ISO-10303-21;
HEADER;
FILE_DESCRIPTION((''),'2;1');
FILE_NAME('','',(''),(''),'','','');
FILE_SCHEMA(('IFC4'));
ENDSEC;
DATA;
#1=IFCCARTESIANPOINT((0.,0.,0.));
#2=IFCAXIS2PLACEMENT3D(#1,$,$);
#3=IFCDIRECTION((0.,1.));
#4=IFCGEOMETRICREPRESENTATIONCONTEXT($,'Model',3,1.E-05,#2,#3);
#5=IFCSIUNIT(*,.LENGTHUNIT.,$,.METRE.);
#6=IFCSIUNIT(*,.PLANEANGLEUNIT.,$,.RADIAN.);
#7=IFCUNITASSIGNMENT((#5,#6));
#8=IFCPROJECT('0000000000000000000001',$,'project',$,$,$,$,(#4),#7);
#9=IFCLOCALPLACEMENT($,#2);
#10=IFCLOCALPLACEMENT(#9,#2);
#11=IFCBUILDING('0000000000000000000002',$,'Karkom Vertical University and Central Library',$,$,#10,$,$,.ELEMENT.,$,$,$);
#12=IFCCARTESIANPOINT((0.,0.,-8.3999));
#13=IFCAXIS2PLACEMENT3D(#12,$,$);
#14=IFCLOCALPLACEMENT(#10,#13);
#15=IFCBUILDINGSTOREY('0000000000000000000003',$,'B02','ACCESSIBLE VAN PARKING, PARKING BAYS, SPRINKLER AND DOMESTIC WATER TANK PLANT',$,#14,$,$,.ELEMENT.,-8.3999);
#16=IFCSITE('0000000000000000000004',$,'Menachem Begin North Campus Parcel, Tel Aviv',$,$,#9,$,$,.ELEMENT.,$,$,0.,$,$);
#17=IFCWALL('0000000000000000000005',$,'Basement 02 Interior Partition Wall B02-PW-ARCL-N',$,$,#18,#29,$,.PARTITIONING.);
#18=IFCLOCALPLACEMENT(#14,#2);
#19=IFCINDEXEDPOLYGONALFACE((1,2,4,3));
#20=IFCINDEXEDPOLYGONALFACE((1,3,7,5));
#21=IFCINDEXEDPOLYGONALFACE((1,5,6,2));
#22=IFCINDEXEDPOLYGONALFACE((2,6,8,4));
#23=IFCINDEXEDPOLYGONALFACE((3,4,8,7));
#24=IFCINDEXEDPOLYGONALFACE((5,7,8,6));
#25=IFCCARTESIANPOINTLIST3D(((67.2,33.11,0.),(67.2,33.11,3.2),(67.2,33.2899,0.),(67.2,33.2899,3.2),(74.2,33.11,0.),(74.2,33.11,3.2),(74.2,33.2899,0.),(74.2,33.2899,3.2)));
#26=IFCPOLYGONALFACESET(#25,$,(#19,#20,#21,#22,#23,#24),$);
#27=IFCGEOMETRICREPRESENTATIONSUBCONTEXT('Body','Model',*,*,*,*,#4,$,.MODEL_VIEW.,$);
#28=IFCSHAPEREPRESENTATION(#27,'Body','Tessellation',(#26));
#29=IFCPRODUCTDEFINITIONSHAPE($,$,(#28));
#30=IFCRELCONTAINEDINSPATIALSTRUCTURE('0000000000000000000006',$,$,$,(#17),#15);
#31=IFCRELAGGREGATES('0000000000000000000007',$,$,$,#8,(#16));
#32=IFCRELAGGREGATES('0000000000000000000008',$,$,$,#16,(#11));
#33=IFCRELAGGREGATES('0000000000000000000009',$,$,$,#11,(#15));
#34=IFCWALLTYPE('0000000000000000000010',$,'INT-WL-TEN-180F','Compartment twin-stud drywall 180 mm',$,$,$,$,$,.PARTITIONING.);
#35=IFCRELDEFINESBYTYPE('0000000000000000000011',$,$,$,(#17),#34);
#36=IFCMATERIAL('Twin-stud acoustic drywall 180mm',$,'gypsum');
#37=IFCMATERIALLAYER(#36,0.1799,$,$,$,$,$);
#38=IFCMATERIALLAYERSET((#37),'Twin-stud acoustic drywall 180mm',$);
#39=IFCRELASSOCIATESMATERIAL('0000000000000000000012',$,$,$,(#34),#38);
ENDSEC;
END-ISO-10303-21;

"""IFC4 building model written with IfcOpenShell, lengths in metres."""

from ifc_helpers import new_model, si_unit, direction, frame, frame_2d, origin, place, context, subcontext, project, spatial, rectangle, extrude, material, layer, layer_set, type_object, element, save


model = new_model("IFC4")

# Units and contexts
model_context = context("Model", 3, precision=1e-05, world=origin(), true_north=direction((0.0, 1.0)))
body_context = subcontext(model_context, "Body", "Model", "MODEL_VIEW")
ifc_project = project(units=[si_unit("LENGTHUNIT", "METRE"), si_unit("PLANEANGLEUNIT", "RADIAN")], contexts=[model_context])

# Site, building, storey
site_placement = place(None, origin())
site = spatial("IfcSite", under=ifc_project, at=site_placement, Name="Menachem Begin North Campus Parcel, Tel Aviv", CompositionType="ELEMENT", RefElevation=0.0)
building_placement = place(site_placement, origin())
building = spatial("IfcBuilding", under=site, at=building_placement, Name="Karkom Vertical University and Central Library", CompositionType="ELEMENT")
storey_placement = place(building_placement, frame((0.0, 0.0, -8.3999)))
storey = spatial("IfcBuildingStorey", under=building, at=storey_placement, Name="B02", Description="ACCESSIBLE VAN PARKING, PARKING BAYS, SPRINKLER AND DOMESTIC WATER TANK PLANT", CompositionType="ELEMENT", Elevation=-8.3999)

# Wall
ifc_material_1 = material(Name="Twin-stud acoustic drywall 180mm", Category="gypsum")
ifc_layer = layer(ifc_material_1, 0.1799)
ifc_layer_set = layer_set([ifc_layer], Name="Twin-stud acoustic drywall 180mm")
wall_type = type_object("IfcWallType", Name="INT-WL-TEN-180F", Description="Compartment twin-stud drywall 180 mm", PredefinedType="PARTITIONING", material=ifc_layer_set)
wall_placement = place(storey_placement, frame((67.2, 33.2, 0.0), z_axis=(0.0, 0.0, 1.0), x_axis=(1.0, 0.0, 0.0)))
element("IfcWall", 1, at=wall_placement, inside=storey, type_object=wall_type, Name="Basement 02 Interior Partition Wall B02-PW-ARCL-N", PredefinedType="PARTITIONING", context=body_context, shape_type="SweptSolid", body=[
    extrude(rectangle(XDim=7.0, YDim=0.1799, at=frame_2d((3.5, 0.0))), origin(), (0.0, 0.0, 1.0), 3.2),
])

save(model, "model.ifc")
